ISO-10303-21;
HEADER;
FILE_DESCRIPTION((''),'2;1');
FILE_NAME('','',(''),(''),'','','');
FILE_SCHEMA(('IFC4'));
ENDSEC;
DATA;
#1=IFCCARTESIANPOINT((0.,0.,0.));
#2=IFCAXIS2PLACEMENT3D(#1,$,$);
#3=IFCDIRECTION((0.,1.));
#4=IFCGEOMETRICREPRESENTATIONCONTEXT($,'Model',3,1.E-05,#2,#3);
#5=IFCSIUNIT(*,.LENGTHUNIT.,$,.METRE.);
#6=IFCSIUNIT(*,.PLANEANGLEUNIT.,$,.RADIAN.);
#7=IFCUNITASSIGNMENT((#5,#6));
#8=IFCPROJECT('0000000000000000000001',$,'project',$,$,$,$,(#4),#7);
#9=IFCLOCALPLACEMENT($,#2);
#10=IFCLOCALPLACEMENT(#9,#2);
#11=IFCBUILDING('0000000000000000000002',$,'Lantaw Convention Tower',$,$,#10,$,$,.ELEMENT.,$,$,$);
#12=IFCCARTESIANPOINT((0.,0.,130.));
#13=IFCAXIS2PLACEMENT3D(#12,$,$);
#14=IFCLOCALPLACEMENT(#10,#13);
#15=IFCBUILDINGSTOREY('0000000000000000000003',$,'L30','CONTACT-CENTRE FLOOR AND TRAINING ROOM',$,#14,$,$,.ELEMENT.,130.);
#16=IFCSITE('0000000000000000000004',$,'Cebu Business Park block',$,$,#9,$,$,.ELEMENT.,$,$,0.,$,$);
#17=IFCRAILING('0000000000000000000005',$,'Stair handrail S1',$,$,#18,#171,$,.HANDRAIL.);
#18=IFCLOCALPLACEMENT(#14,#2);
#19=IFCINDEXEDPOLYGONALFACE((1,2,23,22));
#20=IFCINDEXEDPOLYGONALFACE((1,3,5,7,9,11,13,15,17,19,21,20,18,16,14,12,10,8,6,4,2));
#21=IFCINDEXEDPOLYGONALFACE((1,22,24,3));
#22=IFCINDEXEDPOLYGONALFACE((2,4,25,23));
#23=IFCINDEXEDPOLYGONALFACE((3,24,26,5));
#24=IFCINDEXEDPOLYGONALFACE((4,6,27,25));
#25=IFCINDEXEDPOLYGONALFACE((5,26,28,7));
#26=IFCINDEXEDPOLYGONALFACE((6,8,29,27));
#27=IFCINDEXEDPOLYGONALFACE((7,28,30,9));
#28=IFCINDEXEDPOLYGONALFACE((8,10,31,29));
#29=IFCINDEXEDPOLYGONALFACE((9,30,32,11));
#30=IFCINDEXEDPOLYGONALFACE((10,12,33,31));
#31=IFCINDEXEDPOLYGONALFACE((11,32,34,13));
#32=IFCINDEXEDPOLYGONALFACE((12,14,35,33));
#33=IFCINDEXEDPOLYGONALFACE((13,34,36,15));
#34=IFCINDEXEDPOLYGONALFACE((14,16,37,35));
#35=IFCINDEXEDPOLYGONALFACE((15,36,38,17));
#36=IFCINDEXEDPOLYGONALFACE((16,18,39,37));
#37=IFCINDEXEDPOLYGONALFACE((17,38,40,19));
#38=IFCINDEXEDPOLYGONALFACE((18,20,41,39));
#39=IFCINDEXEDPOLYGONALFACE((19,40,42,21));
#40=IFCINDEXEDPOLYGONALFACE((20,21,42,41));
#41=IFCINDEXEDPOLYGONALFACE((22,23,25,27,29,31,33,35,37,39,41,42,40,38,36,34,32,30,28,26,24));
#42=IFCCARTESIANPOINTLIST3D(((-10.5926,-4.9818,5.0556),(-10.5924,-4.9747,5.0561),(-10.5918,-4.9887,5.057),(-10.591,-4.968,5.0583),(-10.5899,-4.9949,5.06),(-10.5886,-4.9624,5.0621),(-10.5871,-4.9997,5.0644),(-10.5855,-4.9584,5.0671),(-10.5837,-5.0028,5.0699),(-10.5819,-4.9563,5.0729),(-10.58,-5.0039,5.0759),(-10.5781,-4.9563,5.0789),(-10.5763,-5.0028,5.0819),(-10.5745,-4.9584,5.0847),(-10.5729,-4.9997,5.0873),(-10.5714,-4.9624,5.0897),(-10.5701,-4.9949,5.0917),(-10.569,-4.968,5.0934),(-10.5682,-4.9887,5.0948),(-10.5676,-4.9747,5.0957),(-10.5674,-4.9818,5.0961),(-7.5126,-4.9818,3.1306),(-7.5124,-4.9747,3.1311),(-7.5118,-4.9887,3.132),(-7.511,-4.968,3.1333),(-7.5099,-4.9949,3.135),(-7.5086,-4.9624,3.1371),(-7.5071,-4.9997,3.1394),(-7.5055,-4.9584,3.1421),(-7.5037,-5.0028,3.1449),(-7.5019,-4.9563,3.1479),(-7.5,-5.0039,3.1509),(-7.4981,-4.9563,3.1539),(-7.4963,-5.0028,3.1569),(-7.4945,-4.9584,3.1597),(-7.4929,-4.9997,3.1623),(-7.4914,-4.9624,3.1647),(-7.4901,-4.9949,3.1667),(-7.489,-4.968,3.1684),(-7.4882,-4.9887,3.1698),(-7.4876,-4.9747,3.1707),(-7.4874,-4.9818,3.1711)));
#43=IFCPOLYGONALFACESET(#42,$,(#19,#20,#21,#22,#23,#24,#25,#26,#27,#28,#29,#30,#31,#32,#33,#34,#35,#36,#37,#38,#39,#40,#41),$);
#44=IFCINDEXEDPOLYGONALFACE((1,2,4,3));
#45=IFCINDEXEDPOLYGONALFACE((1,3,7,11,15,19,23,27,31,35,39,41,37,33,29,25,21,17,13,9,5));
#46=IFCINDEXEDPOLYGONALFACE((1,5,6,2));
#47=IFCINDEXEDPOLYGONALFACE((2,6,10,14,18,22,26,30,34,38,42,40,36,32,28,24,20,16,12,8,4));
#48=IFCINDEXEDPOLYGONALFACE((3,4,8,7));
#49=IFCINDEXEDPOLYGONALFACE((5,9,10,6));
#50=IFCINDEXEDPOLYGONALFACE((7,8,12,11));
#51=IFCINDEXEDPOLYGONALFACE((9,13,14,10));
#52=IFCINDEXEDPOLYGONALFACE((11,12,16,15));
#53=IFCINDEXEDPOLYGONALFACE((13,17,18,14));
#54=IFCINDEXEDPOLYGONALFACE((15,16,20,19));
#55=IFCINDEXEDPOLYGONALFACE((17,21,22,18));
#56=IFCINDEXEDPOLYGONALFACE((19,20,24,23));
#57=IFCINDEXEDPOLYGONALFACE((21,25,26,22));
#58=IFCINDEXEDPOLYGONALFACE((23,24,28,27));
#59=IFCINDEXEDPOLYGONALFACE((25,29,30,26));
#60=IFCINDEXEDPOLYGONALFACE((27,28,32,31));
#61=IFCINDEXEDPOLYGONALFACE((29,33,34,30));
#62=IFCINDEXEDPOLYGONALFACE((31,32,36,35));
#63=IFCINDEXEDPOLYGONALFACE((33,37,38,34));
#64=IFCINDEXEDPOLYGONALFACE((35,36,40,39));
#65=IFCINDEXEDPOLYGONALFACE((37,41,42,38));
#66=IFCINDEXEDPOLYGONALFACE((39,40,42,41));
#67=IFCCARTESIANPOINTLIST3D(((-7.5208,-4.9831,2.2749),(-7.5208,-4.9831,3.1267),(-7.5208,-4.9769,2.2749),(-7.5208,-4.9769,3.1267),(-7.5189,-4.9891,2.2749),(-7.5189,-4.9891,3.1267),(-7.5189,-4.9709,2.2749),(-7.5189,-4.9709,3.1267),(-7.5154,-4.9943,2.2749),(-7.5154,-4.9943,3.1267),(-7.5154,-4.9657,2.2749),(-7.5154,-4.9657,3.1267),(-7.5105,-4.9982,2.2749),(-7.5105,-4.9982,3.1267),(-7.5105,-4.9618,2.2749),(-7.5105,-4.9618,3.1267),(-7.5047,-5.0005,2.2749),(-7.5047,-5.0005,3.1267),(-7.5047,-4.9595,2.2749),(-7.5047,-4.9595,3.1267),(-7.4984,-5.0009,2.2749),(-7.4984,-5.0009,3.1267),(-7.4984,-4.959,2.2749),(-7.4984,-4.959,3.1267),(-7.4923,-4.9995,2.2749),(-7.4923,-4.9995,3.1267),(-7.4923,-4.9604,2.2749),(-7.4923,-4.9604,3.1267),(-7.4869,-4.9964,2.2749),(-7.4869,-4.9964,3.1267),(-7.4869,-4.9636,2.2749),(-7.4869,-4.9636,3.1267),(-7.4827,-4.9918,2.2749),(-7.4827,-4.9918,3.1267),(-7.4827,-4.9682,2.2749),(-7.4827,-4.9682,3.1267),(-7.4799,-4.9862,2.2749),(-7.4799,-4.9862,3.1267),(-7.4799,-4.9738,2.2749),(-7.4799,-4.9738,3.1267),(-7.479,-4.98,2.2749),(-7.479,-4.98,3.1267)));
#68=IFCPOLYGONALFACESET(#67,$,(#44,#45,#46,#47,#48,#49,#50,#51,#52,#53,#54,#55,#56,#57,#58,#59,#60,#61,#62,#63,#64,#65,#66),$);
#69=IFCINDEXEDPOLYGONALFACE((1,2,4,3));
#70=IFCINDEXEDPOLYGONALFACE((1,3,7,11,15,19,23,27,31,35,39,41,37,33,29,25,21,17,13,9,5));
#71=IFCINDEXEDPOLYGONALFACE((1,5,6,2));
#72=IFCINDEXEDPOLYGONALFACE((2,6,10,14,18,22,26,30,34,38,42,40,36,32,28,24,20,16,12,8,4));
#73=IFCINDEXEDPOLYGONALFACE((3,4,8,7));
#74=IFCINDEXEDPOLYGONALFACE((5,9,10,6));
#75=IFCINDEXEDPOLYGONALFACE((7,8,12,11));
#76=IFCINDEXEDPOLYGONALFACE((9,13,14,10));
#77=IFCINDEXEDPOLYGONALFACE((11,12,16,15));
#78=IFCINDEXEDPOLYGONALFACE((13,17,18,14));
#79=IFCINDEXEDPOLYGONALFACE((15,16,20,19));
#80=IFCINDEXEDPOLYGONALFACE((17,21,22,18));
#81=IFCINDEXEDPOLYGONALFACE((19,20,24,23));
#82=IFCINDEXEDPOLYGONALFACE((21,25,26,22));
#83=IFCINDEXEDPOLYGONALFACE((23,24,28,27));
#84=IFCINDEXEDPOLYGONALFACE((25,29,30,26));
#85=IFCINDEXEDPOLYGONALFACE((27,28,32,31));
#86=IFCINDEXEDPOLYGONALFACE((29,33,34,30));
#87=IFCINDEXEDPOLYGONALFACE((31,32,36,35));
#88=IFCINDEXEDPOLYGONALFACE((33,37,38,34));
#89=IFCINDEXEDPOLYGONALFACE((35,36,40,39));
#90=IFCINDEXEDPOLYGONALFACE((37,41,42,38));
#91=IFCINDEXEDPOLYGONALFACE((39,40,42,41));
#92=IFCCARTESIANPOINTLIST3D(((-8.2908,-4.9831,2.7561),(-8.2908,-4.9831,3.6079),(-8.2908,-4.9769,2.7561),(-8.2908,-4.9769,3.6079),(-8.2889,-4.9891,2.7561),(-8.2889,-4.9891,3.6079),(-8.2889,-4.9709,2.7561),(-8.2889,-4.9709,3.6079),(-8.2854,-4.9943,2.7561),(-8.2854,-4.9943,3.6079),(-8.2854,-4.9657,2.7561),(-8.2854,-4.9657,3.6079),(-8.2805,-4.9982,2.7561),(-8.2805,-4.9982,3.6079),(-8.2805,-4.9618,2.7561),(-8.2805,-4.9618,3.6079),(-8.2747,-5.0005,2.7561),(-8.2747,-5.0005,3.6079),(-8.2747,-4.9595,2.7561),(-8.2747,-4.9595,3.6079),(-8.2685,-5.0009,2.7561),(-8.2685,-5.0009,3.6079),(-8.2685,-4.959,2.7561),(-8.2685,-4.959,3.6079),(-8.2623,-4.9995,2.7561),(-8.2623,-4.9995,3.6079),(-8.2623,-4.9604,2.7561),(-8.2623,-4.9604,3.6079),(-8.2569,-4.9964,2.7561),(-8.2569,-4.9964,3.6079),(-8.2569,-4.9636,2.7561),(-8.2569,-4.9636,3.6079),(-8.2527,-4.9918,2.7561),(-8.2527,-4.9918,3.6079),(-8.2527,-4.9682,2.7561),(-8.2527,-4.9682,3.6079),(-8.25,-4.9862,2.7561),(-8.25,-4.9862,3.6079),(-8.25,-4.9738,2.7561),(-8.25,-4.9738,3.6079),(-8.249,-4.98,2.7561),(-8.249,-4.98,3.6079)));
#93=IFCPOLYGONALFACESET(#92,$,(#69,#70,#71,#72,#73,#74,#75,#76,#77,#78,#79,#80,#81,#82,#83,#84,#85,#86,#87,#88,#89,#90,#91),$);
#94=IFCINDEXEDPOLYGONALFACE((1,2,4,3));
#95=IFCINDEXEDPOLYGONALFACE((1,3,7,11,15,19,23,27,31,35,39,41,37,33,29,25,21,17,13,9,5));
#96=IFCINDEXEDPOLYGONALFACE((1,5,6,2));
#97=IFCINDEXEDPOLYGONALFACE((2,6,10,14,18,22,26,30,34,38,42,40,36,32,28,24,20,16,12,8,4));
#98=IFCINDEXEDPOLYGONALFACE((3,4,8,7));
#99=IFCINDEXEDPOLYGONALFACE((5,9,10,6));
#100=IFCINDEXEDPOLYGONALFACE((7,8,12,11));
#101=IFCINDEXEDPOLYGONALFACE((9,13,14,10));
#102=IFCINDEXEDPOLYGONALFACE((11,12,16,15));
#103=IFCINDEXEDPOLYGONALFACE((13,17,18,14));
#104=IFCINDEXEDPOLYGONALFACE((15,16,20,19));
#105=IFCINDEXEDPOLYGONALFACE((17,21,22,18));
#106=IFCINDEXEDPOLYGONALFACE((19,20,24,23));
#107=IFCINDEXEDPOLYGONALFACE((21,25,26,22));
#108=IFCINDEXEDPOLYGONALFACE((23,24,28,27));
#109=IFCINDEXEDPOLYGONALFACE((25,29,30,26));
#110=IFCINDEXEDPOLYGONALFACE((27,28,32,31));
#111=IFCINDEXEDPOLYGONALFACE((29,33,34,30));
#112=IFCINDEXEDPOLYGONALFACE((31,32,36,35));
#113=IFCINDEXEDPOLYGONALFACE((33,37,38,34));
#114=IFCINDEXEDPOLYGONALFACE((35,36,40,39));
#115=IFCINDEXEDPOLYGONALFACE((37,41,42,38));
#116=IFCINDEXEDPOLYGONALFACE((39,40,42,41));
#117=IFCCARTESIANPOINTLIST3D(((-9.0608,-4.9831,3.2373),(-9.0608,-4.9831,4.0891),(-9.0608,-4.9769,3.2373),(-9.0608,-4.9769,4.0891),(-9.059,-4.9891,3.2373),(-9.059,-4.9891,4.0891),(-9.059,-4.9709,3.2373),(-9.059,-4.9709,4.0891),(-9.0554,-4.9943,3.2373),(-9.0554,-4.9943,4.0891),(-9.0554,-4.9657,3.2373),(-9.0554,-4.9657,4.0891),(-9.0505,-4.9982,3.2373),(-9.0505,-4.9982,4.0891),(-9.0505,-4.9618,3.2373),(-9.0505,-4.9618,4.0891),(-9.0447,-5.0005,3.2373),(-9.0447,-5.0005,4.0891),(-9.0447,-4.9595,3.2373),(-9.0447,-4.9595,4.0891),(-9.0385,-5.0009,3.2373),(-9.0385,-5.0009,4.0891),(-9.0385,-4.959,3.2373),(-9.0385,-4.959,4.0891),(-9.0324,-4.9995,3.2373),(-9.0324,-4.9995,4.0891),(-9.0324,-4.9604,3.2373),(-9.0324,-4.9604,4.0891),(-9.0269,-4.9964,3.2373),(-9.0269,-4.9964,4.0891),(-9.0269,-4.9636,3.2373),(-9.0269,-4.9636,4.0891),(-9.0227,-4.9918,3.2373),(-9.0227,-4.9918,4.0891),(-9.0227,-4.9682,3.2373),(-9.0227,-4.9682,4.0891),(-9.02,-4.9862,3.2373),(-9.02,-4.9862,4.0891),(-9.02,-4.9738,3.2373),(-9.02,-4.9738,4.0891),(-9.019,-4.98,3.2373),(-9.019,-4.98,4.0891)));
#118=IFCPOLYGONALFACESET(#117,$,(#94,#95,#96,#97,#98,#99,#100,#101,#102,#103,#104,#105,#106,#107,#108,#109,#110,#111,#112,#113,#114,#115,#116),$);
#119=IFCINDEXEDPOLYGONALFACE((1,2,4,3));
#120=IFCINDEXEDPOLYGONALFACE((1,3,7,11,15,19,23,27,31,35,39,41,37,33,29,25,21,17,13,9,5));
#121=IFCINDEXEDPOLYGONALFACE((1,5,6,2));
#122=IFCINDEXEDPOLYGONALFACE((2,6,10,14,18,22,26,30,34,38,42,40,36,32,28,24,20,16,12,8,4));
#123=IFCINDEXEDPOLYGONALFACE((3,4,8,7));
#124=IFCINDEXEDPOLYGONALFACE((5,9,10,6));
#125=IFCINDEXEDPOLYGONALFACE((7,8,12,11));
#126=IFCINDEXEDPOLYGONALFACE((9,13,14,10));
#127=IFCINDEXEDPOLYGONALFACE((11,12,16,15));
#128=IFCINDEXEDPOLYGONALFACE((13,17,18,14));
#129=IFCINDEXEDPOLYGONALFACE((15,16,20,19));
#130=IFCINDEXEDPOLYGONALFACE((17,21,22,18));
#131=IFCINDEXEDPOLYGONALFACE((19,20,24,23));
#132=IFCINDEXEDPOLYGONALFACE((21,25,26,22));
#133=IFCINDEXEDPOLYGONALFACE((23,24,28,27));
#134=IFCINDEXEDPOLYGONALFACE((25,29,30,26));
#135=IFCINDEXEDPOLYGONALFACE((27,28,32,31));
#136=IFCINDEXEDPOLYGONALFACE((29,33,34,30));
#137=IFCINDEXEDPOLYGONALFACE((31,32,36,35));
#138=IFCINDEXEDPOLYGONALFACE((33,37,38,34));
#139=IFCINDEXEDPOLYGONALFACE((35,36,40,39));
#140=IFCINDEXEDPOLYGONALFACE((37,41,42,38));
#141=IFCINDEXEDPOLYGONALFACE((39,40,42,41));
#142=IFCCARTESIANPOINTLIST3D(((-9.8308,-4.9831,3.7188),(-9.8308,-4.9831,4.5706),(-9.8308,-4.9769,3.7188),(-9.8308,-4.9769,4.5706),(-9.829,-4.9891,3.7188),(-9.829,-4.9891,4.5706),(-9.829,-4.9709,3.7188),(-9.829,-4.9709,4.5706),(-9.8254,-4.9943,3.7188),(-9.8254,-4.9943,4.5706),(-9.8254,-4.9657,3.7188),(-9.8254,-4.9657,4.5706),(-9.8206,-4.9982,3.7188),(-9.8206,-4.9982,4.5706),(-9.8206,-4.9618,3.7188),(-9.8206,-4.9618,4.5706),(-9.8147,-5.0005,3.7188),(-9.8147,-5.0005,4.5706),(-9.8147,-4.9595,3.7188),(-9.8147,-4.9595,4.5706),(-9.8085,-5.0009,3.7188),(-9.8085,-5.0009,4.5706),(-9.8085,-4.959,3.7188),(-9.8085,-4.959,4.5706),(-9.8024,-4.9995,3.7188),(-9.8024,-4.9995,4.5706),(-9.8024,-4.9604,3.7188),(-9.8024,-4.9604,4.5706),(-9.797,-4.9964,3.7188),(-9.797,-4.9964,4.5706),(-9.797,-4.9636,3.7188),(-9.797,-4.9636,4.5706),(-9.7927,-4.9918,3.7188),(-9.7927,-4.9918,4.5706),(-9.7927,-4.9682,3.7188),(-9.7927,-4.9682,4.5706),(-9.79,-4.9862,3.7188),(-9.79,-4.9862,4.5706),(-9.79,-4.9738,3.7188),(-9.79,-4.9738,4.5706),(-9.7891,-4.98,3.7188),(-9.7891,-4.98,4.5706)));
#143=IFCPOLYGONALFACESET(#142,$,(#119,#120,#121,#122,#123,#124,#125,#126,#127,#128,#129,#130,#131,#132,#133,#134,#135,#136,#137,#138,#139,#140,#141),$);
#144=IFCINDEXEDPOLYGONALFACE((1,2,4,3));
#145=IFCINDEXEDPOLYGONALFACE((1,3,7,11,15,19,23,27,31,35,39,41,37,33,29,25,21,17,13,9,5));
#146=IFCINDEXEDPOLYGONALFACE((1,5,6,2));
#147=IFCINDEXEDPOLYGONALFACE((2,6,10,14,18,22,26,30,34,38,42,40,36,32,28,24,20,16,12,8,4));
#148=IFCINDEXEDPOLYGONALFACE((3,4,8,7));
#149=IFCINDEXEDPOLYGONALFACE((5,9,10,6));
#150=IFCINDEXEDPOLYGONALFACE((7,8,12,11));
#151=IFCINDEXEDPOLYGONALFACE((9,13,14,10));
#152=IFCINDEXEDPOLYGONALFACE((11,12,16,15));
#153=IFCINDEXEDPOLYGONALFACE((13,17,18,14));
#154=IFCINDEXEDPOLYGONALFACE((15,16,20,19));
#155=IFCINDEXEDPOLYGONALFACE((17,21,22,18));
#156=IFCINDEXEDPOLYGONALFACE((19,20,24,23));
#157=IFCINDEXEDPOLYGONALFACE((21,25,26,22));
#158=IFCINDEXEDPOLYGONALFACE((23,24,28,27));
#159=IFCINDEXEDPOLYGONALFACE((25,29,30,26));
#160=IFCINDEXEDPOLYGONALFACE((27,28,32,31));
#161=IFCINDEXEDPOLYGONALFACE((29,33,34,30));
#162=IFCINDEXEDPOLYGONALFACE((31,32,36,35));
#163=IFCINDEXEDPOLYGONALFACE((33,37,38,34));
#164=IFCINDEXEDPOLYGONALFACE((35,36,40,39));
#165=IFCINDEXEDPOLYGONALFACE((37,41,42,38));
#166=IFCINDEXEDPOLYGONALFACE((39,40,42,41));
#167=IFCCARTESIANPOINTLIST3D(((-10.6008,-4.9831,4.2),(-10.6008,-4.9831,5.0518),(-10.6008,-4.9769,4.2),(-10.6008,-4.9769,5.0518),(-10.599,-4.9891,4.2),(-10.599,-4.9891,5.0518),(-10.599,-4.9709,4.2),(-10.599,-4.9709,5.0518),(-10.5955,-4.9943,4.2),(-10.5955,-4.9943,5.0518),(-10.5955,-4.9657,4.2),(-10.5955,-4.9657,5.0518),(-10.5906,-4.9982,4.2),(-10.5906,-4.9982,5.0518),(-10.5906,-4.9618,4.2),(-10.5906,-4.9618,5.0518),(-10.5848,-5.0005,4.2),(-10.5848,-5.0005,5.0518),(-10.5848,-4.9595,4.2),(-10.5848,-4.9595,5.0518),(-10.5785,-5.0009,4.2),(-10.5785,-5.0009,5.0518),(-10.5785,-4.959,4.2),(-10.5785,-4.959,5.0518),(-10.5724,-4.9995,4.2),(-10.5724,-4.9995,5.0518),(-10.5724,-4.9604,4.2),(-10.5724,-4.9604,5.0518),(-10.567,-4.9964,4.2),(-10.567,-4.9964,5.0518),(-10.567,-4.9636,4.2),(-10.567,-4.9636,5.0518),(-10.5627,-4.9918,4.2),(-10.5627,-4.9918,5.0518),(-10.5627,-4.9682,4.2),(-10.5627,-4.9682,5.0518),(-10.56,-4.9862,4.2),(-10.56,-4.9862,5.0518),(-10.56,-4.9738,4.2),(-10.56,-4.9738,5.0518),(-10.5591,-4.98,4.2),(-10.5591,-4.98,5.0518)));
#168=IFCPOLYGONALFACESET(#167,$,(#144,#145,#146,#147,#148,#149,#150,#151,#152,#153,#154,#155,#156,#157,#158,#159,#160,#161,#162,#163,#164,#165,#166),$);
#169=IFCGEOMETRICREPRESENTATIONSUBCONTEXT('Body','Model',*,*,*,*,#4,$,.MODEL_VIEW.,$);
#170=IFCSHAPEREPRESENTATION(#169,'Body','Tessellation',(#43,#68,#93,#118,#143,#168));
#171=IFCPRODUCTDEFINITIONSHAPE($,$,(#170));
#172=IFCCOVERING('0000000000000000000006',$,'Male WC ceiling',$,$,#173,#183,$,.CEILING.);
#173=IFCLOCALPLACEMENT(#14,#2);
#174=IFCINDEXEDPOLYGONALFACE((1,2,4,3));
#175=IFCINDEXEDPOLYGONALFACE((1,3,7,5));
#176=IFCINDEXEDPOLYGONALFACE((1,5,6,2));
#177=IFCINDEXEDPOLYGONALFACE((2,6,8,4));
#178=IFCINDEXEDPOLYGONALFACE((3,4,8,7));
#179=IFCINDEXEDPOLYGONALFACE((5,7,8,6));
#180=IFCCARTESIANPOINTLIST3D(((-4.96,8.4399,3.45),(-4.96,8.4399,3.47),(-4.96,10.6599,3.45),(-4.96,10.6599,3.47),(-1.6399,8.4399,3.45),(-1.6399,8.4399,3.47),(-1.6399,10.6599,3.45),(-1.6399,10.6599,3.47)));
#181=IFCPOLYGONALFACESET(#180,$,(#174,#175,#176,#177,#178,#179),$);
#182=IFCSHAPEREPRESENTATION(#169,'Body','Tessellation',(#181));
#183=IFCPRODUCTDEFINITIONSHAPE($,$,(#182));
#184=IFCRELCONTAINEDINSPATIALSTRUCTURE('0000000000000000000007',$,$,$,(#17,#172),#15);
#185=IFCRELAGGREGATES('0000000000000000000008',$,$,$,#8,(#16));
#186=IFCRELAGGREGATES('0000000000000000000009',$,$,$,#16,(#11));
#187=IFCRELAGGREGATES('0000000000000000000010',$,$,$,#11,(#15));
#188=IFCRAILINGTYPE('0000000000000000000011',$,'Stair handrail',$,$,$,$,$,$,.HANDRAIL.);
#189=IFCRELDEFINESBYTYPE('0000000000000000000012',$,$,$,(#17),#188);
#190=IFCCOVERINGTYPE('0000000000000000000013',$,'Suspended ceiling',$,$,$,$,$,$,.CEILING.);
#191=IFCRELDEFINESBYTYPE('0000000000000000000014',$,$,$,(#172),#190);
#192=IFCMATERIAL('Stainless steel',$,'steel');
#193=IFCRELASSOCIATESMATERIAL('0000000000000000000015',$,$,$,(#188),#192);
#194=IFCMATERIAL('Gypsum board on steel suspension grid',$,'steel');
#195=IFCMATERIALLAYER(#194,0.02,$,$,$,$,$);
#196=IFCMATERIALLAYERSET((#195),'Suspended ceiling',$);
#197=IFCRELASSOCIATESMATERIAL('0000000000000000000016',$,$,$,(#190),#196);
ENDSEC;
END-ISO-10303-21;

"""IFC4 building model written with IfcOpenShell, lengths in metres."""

from ifc_helpers import new_model, si_unit, direction, frame, origin, origin_2d, place, context, subcontext, project, spatial, polyline, circle, outline, extrude, material, layer, layer_set, type_object, element, save


model = new_model("IFC4")

# Units and contexts
model_context = context("Model", 3, precision=1e-05, world=origin(), true_north=direction((0.0, 1.0)))
body_context = subcontext(model_context, "Body", "Model", "MODEL_VIEW")
ifc_project = project(units=[si_unit("LENGTHUNIT", "METRE"), si_unit("PLANEANGLEUNIT", "RADIAN")], contexts=[model_context])

# Site, building, storey
site_placement = place(None, origin())
site = spatial("IfcSite", under=ifc_project, at=site_placement, Name="Cebu Business Park block", CompositionType="ELEMENT", RefElevation=0.0)
building_placement = place(site_placement, origin())
building = spatial("IfcBuilding", under=site, at=building_placement, Name="Lantaw Convention Tower", CompositionType="ELEMENT")
storey_placement = place(building_placement, frame((0.0, 0.0, 130.0)))
storey = spatial("IfcBuildingStorey", under=building, at=storey_placement, Name="L30", Description="CONTACT-CENTRE FLOOR AND TRAINING ROOM", CompositionType="ELEMENT", Elevation=130.0)

# Railing
ifc_material_1 = material(Name="Stainless steel", Category="steel")
railing_type = type_object("IfcRailingType", Name="Stair handrail", PredefinedType="HANDRAIL", material=ifc_material_1)
railing_1_placement = place(storey_placement, frame((-7.5, -4.98, 2.2749)))
element("IfcRailing", 1, at=railing_1_placement, inside=storey, type_object=railing_type, Name="Stair handrail S1", PredefinedType="HANDRAIL", context=body_context, shape_type="SweptSolid", body=[
    extrude(circle(Radius=0.0239, at=origin_2d()), frame((0.0, 0.0, 0.876), z_axis=(-0.847998, 0.0, 0.529999), x_axis=(0.0, -1.0, 0.0)), (0.0, 0.0, 1.0), 3.6321),
    extrude(circle(Radius=0.021, at=origin_2d()), origin(), (0.0, 0.0, 1.0), 0.8518),
    extrude(circle(Radius=0.021, at=origin_2d()), frame((-0.77, 0.0, 0.4812)), (0.0, 0.0, 1.0), 0.8518),
    extrude(circle(Radius=0.021, at=origin_2d()), frame((-1.54, 0.0, 0.9624)), (0.0, 0.0, 1.0), 0.8518),
    extrude(circle(Radius=0.021, at=origin_2d()), frame((-2.3101, 0.0, 1.4438)), (0.0, 0.0, 1.0), 0.8518),
    extrude(circle(Radius=0.021, at=origin_2d()), frame((-3.0801, 0.0, 1.925)), (0.0, 0.0, 1.0), 0.8518),
])

# Covering
ifc_material_2 = material(Name="Gypsum board on steel suspension grid", Category="steel")
ifc_layer_1 = layer(ifc_material_2, 0.02)
ifc_layer_set_1 = layer_set([ifc_layer_1], Name="Suspended ceiling")
covering_type = type_object("IfcCoveringType", Name="Suspended ceiling", PredefinedType="CEILING", material=ifc_layer_set_1)
covering_placement = place(storey_placement, frame((0.0, 0.0, 3.45)))
element("IfcCovering", 2, at=covering_placement, inside=storey, type_object=covering_type, Name="Male WC ceiling", PredefinedType="CEILING", context=body_context, shape_type="SweptSolid", body=[
    extrude(outline(polyline([(-4.96, 8.4399), (-1.6399, 8.4399), (-1.6399, 10.6599), (-4.96, 10.6599), (-4.96, 8.4399)])), origin(), (0.0, 0.0, 1.0), 0.02),
])

save(model, "model.ifc")
